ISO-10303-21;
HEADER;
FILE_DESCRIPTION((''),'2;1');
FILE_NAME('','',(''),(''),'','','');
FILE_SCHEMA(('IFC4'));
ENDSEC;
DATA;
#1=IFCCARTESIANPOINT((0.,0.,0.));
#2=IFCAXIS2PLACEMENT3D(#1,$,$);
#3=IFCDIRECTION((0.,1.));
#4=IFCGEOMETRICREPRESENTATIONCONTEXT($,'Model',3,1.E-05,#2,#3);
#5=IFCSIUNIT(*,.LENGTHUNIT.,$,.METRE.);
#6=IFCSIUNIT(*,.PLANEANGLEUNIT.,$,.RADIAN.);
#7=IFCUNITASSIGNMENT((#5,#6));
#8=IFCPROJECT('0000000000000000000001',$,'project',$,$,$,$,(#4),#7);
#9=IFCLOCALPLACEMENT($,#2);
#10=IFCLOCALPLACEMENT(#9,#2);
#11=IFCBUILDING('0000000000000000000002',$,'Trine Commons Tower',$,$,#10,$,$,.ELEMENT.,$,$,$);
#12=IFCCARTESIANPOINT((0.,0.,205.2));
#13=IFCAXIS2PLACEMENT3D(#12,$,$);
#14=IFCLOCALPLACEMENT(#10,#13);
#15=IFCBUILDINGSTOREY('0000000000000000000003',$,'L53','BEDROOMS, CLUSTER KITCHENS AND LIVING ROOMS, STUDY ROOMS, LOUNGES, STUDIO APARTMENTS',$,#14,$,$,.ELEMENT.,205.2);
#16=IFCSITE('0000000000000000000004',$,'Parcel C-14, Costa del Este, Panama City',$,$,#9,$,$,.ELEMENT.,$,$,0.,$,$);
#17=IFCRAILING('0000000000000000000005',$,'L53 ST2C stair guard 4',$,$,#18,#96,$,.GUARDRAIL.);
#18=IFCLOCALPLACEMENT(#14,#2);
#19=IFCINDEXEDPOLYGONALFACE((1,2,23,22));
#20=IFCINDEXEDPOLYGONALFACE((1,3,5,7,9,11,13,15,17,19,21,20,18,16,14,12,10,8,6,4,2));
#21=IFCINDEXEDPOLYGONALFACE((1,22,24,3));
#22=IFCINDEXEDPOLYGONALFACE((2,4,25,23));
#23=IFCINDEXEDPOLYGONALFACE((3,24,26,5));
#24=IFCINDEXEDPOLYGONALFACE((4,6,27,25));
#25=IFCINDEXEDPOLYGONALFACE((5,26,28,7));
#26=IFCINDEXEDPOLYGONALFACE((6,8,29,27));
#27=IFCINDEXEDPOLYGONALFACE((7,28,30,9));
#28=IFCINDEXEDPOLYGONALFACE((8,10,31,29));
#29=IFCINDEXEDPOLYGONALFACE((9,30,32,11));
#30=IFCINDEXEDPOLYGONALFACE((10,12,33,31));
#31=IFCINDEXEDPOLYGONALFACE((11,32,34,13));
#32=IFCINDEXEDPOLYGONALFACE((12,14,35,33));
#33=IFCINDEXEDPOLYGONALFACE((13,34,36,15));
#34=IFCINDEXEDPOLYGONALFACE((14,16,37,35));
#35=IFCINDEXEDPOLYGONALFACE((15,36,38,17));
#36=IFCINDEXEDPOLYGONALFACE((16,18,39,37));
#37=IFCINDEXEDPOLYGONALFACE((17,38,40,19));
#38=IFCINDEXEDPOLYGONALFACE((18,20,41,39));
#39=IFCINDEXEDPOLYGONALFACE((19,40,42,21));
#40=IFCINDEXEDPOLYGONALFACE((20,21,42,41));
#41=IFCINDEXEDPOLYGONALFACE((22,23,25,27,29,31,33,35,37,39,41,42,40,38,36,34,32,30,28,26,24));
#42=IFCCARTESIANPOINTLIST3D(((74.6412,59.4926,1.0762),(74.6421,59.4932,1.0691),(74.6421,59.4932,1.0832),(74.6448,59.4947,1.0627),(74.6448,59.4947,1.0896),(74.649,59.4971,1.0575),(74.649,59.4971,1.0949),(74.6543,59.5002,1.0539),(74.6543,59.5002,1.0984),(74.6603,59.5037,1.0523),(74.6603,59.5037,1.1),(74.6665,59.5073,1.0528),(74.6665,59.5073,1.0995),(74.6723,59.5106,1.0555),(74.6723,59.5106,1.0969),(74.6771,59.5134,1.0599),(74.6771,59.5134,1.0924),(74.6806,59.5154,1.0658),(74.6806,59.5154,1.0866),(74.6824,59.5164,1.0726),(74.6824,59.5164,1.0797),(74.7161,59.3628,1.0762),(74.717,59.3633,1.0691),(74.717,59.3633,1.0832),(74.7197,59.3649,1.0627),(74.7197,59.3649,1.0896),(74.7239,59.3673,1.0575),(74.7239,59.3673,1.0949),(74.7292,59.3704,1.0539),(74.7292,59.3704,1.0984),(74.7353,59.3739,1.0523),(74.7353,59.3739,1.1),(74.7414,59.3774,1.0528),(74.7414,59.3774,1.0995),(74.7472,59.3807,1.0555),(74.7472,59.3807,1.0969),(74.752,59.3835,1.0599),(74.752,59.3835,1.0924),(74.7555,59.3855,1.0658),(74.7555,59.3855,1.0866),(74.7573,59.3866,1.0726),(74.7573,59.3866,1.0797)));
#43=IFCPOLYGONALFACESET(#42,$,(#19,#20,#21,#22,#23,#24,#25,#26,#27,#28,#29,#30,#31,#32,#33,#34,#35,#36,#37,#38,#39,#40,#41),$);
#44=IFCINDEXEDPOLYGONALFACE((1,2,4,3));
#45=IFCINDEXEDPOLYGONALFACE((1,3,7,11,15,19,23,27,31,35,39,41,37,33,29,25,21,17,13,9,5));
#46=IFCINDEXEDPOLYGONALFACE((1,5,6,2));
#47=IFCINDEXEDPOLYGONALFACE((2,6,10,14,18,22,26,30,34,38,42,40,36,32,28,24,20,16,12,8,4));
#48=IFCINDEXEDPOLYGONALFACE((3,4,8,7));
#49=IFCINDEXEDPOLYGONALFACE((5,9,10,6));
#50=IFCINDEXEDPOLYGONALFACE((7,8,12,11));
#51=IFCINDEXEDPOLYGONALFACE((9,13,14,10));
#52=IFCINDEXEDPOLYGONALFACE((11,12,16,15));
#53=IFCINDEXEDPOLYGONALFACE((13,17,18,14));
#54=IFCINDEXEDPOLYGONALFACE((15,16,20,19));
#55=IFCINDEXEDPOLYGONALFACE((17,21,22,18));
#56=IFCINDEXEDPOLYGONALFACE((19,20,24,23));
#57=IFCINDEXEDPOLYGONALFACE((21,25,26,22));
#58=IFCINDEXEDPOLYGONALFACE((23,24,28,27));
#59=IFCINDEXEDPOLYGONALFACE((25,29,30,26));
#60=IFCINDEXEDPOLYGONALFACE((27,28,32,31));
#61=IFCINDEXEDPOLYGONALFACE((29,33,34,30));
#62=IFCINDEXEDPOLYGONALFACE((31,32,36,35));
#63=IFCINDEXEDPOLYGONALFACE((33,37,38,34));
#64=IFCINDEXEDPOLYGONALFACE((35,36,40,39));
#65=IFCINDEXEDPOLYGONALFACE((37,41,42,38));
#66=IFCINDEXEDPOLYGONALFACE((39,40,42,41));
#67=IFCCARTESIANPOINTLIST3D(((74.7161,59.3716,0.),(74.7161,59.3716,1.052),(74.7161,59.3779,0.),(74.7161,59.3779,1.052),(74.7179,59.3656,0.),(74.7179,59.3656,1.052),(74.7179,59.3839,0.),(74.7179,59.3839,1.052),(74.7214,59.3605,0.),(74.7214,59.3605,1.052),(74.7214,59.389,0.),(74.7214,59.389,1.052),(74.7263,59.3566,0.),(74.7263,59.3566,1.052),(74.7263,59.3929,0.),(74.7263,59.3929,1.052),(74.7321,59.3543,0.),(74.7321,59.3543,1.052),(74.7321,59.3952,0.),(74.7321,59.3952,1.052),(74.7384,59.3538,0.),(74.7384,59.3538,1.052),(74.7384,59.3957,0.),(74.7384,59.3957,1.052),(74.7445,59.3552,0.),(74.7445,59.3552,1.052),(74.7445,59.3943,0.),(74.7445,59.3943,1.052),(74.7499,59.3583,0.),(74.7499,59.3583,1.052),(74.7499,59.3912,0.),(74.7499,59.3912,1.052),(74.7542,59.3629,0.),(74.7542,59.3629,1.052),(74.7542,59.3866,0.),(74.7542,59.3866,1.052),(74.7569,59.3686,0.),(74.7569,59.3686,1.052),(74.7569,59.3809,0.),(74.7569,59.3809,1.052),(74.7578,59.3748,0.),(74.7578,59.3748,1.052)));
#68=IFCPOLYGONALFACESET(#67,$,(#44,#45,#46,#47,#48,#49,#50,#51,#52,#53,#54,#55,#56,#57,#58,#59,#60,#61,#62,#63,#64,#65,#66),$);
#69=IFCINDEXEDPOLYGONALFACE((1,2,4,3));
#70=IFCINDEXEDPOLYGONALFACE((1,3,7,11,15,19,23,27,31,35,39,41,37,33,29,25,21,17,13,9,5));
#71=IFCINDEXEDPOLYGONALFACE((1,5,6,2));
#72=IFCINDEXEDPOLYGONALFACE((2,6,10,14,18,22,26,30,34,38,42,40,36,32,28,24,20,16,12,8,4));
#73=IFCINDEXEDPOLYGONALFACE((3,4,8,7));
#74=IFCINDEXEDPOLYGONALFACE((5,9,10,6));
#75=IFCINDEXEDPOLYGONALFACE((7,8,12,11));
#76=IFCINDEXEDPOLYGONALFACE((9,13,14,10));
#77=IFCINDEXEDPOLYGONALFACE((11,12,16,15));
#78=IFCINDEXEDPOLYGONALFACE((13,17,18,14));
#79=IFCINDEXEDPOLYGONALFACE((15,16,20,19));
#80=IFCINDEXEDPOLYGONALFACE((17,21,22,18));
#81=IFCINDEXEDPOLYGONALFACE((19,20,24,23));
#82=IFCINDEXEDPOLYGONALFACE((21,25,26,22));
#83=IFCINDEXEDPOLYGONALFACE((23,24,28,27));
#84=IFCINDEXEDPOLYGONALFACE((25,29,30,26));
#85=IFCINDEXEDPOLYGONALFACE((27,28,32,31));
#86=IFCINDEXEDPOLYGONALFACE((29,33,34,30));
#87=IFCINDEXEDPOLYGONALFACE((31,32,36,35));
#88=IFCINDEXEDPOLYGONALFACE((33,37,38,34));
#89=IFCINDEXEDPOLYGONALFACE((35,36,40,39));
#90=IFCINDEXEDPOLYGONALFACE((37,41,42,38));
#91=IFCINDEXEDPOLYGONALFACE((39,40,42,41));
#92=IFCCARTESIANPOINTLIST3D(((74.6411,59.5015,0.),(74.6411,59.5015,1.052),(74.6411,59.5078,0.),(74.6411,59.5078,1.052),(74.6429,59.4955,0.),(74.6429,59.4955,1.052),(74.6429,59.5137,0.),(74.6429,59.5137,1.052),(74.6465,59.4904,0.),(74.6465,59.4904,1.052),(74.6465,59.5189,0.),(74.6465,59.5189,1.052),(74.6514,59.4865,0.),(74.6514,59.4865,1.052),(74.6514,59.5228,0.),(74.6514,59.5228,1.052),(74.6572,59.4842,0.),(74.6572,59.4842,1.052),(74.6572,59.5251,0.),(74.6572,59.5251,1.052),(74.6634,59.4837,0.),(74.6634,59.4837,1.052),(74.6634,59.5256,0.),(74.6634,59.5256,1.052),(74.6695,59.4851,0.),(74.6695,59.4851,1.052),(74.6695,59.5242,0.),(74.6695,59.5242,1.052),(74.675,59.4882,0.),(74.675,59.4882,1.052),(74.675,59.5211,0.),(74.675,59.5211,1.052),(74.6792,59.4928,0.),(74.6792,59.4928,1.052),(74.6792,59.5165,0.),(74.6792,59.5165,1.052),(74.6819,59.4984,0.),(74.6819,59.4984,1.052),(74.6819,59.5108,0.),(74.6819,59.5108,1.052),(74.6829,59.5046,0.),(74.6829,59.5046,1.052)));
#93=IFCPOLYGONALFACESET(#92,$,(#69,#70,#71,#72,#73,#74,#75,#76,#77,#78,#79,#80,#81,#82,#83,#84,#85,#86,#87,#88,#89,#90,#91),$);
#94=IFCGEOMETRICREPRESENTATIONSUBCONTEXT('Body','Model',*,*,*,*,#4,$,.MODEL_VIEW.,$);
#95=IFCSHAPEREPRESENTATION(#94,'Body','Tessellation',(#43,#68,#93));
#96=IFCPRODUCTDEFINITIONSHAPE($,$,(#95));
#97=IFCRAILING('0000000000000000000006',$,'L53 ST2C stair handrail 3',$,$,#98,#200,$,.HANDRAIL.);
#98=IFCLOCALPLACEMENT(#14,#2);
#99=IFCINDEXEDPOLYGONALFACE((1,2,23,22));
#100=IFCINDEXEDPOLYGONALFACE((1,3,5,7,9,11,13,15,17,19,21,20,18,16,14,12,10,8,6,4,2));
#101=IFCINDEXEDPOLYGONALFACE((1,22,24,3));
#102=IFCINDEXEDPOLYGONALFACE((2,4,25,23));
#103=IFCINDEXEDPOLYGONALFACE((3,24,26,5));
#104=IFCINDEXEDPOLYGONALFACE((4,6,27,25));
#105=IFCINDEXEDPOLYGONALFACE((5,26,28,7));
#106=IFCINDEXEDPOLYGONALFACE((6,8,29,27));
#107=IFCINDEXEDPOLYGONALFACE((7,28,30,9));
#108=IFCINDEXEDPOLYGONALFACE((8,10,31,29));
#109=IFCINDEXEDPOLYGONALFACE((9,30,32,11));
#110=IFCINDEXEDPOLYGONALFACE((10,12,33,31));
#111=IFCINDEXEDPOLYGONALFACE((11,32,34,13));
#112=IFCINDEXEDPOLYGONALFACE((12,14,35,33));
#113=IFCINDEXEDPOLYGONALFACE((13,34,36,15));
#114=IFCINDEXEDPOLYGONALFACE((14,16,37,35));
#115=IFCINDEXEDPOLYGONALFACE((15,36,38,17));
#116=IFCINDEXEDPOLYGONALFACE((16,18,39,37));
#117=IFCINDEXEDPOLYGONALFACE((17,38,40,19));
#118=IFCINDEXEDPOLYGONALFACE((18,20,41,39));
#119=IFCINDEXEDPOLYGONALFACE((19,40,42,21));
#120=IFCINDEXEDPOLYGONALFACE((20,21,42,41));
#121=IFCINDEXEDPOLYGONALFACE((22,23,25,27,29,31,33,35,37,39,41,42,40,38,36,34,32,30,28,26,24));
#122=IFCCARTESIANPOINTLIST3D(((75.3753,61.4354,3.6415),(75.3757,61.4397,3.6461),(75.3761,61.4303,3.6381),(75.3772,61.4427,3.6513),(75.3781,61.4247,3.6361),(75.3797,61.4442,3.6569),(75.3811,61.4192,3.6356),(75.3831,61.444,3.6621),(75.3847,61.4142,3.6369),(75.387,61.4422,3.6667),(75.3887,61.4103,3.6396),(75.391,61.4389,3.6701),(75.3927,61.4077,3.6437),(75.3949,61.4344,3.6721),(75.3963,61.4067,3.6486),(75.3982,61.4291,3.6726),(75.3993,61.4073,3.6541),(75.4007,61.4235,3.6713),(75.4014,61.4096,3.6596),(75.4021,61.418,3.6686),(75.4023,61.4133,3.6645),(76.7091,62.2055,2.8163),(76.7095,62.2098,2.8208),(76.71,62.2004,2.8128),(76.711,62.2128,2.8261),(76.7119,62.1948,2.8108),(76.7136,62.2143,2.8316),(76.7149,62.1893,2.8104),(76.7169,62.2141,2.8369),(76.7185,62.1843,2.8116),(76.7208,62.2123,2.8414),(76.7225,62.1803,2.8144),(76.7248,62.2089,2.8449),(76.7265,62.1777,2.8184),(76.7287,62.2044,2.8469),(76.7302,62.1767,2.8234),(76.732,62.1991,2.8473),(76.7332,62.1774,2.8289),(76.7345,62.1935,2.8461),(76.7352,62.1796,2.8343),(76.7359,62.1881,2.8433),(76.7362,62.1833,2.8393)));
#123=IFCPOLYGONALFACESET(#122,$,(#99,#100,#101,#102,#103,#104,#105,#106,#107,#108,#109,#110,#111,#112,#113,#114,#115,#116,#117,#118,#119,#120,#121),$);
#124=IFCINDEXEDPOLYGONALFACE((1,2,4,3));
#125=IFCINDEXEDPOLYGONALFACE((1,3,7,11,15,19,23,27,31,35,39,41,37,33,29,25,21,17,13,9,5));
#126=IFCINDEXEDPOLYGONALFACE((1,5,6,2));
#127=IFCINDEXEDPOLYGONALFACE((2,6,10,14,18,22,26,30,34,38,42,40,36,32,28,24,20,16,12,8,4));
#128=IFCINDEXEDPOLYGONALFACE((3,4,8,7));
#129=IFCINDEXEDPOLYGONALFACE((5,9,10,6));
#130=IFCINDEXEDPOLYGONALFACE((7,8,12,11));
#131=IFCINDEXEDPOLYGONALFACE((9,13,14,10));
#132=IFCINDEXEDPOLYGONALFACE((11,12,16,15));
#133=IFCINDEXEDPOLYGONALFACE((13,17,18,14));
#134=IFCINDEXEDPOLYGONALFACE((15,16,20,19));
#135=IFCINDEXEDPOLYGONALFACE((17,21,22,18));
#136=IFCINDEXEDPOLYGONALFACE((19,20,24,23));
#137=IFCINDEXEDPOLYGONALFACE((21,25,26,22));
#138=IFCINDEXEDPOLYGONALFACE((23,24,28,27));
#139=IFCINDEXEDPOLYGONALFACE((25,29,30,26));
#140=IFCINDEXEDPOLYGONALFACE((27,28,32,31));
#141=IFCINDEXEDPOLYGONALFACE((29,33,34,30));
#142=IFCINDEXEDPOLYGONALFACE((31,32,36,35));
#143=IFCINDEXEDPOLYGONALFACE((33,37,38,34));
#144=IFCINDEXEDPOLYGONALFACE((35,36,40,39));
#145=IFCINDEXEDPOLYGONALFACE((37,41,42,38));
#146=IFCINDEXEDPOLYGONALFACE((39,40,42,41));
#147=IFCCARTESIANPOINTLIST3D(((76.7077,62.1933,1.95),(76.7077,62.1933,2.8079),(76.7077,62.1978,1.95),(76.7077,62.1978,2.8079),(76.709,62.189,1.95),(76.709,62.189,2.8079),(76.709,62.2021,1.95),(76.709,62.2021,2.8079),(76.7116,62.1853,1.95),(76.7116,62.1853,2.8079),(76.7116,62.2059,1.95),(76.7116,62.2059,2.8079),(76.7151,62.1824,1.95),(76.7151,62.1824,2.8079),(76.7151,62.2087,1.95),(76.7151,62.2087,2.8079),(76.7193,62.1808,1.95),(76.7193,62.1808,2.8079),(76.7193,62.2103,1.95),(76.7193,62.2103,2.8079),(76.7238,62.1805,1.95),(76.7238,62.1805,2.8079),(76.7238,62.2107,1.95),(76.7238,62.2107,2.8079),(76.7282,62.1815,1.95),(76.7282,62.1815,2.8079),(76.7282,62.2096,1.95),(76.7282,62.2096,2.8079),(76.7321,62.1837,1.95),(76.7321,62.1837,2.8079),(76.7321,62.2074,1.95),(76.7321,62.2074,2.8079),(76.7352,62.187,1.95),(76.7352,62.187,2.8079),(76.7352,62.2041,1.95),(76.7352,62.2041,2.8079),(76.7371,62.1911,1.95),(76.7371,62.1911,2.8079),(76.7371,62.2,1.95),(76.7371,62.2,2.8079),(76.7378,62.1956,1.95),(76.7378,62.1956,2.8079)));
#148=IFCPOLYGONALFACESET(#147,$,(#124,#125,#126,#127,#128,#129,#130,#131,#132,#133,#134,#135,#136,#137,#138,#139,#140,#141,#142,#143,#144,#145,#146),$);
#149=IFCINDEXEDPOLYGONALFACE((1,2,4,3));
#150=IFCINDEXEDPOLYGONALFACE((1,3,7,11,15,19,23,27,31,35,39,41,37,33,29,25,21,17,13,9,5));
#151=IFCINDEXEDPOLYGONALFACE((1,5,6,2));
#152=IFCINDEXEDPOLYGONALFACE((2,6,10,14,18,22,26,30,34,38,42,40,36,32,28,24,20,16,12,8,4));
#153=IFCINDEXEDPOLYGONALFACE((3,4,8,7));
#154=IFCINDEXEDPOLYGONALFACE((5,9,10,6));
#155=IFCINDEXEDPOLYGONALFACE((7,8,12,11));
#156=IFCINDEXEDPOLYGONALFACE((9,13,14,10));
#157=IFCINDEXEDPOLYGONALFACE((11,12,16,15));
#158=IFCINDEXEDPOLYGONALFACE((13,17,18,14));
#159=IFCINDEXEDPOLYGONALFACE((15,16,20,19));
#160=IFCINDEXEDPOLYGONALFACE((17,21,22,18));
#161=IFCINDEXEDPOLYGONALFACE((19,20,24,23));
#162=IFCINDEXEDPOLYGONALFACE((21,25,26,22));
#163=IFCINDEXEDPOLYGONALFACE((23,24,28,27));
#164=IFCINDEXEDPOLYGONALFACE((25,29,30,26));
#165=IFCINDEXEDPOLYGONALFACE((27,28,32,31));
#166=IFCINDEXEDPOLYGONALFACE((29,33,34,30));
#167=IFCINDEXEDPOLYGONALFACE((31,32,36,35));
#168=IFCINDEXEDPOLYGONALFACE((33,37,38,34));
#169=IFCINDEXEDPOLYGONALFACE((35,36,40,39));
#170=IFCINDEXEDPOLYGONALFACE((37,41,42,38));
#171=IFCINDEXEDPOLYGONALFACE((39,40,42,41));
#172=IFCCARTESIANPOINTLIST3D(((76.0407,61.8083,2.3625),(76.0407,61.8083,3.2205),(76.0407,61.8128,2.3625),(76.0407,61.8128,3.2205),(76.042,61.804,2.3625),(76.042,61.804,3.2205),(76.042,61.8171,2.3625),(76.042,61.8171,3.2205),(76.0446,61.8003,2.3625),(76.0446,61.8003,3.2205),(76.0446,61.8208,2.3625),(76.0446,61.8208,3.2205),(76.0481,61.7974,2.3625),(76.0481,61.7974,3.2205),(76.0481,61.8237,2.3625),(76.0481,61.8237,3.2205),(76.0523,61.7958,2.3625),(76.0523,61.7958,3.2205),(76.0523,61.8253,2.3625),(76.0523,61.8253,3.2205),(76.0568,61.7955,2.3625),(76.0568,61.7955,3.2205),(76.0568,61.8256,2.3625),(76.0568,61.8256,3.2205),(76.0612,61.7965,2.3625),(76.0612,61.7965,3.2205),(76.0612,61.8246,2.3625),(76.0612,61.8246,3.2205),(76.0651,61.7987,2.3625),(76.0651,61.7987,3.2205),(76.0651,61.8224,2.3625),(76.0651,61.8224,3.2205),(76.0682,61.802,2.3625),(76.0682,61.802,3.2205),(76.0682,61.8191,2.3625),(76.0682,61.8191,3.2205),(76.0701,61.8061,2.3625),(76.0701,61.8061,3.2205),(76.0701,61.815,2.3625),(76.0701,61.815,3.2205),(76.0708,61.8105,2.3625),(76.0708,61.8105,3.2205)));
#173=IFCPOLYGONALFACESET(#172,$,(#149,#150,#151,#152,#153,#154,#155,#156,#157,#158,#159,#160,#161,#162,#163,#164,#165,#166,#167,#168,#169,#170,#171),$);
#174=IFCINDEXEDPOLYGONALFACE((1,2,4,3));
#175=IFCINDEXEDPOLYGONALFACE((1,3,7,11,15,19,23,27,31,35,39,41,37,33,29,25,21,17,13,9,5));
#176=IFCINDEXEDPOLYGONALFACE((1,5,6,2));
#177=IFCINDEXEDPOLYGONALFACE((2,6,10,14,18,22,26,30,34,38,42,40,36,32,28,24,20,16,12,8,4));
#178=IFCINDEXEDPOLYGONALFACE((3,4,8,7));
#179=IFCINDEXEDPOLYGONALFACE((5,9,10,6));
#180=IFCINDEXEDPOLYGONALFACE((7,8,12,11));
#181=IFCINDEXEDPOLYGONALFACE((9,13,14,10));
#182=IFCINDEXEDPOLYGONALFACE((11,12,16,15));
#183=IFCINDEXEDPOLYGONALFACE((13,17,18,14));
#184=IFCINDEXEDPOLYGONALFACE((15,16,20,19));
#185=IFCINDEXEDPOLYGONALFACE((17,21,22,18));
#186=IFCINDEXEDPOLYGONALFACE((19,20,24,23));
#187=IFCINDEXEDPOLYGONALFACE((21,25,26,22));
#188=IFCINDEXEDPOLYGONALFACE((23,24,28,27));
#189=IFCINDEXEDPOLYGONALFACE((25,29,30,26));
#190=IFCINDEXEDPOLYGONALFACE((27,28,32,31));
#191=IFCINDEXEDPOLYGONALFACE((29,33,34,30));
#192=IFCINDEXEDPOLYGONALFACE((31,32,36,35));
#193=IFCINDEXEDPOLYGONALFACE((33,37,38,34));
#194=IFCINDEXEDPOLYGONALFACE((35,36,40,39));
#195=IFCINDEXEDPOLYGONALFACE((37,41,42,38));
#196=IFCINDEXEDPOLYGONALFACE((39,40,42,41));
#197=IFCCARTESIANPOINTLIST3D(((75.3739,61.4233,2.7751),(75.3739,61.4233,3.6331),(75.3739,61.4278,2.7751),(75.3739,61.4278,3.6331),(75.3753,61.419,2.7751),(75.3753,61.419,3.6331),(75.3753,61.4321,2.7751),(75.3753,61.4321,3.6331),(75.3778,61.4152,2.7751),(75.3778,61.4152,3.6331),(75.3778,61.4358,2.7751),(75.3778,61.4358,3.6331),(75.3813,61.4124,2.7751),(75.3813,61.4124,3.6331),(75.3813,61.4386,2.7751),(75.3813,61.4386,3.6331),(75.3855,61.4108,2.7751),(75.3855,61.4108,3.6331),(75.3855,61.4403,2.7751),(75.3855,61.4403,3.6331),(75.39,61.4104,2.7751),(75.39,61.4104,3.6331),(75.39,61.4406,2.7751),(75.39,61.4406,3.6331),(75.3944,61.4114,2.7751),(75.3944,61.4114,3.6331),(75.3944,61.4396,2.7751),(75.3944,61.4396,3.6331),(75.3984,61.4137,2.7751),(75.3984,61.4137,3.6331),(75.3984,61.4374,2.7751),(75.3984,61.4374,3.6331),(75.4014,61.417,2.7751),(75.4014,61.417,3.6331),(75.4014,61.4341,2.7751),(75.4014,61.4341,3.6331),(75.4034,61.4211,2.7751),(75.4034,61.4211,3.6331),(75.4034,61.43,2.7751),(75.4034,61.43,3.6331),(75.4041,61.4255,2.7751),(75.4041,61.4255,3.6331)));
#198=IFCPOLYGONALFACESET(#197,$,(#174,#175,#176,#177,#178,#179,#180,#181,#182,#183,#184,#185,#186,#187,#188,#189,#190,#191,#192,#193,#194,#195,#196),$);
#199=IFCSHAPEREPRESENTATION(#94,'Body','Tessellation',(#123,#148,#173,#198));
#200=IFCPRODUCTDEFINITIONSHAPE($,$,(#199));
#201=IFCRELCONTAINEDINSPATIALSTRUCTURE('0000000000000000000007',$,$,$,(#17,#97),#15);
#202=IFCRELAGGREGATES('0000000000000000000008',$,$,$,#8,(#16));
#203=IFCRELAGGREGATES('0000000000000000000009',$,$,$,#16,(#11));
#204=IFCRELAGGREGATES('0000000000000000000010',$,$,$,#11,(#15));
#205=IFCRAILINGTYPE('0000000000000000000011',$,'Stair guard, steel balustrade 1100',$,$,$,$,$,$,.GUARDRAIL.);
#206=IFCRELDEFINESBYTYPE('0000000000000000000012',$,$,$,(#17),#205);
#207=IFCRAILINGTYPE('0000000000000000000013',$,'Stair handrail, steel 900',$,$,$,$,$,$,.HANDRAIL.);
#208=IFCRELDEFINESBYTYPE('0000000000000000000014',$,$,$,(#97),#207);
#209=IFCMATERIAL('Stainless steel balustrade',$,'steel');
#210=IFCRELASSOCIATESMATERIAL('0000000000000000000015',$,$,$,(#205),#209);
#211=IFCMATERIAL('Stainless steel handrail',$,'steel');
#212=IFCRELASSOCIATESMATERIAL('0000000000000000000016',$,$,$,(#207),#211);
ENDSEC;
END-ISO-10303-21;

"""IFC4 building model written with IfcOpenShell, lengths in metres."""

from ifc_helpers import new_model, si_unit, direction, frame, origin, origin_2d, place, context, subcontext, project, spatial, circle, extrude, material, type_object, element, save


model = new_model("IFC4")

# Units and contexts
model_context = context("Model", 3, precision=1e-05, world=origin(), true_north=direction((0.0, 1.0)))
body_context = subcontext(model_context, "Body", "Model", "MODEL_VIEW")
ifc_project = project(units=[si_unit("LENGTHUNIT", "METRE"), si_unit("PLANEANGLEUNIT", "RADIAN")], contexts=[model_context])

# Site, building, storey
site_placement = place(None, origin())
site = spatial("IfcSite", under=ifc_project, at=site_placement, Name="Parcel C-14, Costa del Este, Panama City", CompositionType="ELEMENT", RefElevation=0.0)
building_placement = place(site_placement, origin())
building = spatial("IfcBuilding", under=site, at=building_placement, Name="Trine Commons Tower", CompositionType="ELEMENT")
storey_placement = place(building_placement, frame((0.0, 0.0, 205.2)))
storey = spatial("IfcBuildingStorey", under=building, at=storey_placement, Name="L53", Description="BEDROOMS, CLUSTER KITCHENS AND LIVING ROOMS, STUDY ROOMS, LOUNGES, STUDIO APARTMENTS", CompositionType="ELEMENT", Elevation=205.2)

# Railings
ifc_material_1 = material(Name="Stainless steel balustrade", Category="steel")
railing_type_1 = type_object("IfcRailingType", Name="Stair guard, steel balustrade 1100", PredefinedType="GUARDRAIL", material=ifc_material_1)
railing_1_placement = place(storey_placement, frame((74.7368, 59.3748, 0.0)))
element("IfcRailing", 1, at=railing_1_placement, inside=storey, type_object=railing_type_1, Name="L53 ST2C stair guard 4", PredefinedType="GUARDRAIL", context=body_context, shape_type="SweptSolid", body=[
    extrude(circle(Radius=0.0239, at=origin_2d()), frame((0.0, 0.0, 1.0762), z_axis=(-0.499816, 0.866131, 0.0), x_axis=(-0.866131, -0.499816, 0.0)), (0.0, 0.0, 1.0), 0.1499),
    extrude(circle(Radius=0.021, at=origin_2d()), origin(), (0.0, 0.0, 1.0), 1.052),
    extrude(circle(Radius=0.021, at=origin_2d()), frame((-0.075, 0.1299, 0.0)), (0.0, 0.0, 1.0), 1.052),
])
ifc_material_2 = material(Name="Stainless steel handrail", Category="steel")
railing_type_2 = type_object("IfcRailingType", Name="Stair handrail, steel 900", PredefinedType="HANDRAIL", material=ifc_material_2)
railing_2_placement = place(storey_placement, frame((76.7227, 62.1956, 1.95)))
element("IfcRailing", 2, at=railing_2_placement, inside=storey, type_object=railing_type_2, Name="L53 ST2C stair handrail 3", PredefinedType="HANDRAIL", context=body_context, shape_type="SweptSolid", body=[
    extrude(circle(Radius=0.021, at=origin_2d()), frame((0.0, 0.0, 0.8789), z_axis=(-0.763355, -0.440714, 0.472293), x_axis=(0.499992, -0.86603, 0.0)), (0.0, 0.0, 1.0), 1.7473),
    extrude(circle(Radius=0.0151, at=origin_2d()), origin(), (0.0, 0.0, 1.0), 0.8579),
    extrude(circle(Radius=0.0151, at=origin_2d()), frame((-0.667, -0.385, 0.4126)), (0.0, 0.0, 1.0), 0.8579),
    extrude(circle(Radius=0.0151, at=origin_2d()), frame((-1.3337, -0.77, 0.8252)), (0.0, 0.0, 1.0), 0.8579),
])

save(model, "model.ifc")
